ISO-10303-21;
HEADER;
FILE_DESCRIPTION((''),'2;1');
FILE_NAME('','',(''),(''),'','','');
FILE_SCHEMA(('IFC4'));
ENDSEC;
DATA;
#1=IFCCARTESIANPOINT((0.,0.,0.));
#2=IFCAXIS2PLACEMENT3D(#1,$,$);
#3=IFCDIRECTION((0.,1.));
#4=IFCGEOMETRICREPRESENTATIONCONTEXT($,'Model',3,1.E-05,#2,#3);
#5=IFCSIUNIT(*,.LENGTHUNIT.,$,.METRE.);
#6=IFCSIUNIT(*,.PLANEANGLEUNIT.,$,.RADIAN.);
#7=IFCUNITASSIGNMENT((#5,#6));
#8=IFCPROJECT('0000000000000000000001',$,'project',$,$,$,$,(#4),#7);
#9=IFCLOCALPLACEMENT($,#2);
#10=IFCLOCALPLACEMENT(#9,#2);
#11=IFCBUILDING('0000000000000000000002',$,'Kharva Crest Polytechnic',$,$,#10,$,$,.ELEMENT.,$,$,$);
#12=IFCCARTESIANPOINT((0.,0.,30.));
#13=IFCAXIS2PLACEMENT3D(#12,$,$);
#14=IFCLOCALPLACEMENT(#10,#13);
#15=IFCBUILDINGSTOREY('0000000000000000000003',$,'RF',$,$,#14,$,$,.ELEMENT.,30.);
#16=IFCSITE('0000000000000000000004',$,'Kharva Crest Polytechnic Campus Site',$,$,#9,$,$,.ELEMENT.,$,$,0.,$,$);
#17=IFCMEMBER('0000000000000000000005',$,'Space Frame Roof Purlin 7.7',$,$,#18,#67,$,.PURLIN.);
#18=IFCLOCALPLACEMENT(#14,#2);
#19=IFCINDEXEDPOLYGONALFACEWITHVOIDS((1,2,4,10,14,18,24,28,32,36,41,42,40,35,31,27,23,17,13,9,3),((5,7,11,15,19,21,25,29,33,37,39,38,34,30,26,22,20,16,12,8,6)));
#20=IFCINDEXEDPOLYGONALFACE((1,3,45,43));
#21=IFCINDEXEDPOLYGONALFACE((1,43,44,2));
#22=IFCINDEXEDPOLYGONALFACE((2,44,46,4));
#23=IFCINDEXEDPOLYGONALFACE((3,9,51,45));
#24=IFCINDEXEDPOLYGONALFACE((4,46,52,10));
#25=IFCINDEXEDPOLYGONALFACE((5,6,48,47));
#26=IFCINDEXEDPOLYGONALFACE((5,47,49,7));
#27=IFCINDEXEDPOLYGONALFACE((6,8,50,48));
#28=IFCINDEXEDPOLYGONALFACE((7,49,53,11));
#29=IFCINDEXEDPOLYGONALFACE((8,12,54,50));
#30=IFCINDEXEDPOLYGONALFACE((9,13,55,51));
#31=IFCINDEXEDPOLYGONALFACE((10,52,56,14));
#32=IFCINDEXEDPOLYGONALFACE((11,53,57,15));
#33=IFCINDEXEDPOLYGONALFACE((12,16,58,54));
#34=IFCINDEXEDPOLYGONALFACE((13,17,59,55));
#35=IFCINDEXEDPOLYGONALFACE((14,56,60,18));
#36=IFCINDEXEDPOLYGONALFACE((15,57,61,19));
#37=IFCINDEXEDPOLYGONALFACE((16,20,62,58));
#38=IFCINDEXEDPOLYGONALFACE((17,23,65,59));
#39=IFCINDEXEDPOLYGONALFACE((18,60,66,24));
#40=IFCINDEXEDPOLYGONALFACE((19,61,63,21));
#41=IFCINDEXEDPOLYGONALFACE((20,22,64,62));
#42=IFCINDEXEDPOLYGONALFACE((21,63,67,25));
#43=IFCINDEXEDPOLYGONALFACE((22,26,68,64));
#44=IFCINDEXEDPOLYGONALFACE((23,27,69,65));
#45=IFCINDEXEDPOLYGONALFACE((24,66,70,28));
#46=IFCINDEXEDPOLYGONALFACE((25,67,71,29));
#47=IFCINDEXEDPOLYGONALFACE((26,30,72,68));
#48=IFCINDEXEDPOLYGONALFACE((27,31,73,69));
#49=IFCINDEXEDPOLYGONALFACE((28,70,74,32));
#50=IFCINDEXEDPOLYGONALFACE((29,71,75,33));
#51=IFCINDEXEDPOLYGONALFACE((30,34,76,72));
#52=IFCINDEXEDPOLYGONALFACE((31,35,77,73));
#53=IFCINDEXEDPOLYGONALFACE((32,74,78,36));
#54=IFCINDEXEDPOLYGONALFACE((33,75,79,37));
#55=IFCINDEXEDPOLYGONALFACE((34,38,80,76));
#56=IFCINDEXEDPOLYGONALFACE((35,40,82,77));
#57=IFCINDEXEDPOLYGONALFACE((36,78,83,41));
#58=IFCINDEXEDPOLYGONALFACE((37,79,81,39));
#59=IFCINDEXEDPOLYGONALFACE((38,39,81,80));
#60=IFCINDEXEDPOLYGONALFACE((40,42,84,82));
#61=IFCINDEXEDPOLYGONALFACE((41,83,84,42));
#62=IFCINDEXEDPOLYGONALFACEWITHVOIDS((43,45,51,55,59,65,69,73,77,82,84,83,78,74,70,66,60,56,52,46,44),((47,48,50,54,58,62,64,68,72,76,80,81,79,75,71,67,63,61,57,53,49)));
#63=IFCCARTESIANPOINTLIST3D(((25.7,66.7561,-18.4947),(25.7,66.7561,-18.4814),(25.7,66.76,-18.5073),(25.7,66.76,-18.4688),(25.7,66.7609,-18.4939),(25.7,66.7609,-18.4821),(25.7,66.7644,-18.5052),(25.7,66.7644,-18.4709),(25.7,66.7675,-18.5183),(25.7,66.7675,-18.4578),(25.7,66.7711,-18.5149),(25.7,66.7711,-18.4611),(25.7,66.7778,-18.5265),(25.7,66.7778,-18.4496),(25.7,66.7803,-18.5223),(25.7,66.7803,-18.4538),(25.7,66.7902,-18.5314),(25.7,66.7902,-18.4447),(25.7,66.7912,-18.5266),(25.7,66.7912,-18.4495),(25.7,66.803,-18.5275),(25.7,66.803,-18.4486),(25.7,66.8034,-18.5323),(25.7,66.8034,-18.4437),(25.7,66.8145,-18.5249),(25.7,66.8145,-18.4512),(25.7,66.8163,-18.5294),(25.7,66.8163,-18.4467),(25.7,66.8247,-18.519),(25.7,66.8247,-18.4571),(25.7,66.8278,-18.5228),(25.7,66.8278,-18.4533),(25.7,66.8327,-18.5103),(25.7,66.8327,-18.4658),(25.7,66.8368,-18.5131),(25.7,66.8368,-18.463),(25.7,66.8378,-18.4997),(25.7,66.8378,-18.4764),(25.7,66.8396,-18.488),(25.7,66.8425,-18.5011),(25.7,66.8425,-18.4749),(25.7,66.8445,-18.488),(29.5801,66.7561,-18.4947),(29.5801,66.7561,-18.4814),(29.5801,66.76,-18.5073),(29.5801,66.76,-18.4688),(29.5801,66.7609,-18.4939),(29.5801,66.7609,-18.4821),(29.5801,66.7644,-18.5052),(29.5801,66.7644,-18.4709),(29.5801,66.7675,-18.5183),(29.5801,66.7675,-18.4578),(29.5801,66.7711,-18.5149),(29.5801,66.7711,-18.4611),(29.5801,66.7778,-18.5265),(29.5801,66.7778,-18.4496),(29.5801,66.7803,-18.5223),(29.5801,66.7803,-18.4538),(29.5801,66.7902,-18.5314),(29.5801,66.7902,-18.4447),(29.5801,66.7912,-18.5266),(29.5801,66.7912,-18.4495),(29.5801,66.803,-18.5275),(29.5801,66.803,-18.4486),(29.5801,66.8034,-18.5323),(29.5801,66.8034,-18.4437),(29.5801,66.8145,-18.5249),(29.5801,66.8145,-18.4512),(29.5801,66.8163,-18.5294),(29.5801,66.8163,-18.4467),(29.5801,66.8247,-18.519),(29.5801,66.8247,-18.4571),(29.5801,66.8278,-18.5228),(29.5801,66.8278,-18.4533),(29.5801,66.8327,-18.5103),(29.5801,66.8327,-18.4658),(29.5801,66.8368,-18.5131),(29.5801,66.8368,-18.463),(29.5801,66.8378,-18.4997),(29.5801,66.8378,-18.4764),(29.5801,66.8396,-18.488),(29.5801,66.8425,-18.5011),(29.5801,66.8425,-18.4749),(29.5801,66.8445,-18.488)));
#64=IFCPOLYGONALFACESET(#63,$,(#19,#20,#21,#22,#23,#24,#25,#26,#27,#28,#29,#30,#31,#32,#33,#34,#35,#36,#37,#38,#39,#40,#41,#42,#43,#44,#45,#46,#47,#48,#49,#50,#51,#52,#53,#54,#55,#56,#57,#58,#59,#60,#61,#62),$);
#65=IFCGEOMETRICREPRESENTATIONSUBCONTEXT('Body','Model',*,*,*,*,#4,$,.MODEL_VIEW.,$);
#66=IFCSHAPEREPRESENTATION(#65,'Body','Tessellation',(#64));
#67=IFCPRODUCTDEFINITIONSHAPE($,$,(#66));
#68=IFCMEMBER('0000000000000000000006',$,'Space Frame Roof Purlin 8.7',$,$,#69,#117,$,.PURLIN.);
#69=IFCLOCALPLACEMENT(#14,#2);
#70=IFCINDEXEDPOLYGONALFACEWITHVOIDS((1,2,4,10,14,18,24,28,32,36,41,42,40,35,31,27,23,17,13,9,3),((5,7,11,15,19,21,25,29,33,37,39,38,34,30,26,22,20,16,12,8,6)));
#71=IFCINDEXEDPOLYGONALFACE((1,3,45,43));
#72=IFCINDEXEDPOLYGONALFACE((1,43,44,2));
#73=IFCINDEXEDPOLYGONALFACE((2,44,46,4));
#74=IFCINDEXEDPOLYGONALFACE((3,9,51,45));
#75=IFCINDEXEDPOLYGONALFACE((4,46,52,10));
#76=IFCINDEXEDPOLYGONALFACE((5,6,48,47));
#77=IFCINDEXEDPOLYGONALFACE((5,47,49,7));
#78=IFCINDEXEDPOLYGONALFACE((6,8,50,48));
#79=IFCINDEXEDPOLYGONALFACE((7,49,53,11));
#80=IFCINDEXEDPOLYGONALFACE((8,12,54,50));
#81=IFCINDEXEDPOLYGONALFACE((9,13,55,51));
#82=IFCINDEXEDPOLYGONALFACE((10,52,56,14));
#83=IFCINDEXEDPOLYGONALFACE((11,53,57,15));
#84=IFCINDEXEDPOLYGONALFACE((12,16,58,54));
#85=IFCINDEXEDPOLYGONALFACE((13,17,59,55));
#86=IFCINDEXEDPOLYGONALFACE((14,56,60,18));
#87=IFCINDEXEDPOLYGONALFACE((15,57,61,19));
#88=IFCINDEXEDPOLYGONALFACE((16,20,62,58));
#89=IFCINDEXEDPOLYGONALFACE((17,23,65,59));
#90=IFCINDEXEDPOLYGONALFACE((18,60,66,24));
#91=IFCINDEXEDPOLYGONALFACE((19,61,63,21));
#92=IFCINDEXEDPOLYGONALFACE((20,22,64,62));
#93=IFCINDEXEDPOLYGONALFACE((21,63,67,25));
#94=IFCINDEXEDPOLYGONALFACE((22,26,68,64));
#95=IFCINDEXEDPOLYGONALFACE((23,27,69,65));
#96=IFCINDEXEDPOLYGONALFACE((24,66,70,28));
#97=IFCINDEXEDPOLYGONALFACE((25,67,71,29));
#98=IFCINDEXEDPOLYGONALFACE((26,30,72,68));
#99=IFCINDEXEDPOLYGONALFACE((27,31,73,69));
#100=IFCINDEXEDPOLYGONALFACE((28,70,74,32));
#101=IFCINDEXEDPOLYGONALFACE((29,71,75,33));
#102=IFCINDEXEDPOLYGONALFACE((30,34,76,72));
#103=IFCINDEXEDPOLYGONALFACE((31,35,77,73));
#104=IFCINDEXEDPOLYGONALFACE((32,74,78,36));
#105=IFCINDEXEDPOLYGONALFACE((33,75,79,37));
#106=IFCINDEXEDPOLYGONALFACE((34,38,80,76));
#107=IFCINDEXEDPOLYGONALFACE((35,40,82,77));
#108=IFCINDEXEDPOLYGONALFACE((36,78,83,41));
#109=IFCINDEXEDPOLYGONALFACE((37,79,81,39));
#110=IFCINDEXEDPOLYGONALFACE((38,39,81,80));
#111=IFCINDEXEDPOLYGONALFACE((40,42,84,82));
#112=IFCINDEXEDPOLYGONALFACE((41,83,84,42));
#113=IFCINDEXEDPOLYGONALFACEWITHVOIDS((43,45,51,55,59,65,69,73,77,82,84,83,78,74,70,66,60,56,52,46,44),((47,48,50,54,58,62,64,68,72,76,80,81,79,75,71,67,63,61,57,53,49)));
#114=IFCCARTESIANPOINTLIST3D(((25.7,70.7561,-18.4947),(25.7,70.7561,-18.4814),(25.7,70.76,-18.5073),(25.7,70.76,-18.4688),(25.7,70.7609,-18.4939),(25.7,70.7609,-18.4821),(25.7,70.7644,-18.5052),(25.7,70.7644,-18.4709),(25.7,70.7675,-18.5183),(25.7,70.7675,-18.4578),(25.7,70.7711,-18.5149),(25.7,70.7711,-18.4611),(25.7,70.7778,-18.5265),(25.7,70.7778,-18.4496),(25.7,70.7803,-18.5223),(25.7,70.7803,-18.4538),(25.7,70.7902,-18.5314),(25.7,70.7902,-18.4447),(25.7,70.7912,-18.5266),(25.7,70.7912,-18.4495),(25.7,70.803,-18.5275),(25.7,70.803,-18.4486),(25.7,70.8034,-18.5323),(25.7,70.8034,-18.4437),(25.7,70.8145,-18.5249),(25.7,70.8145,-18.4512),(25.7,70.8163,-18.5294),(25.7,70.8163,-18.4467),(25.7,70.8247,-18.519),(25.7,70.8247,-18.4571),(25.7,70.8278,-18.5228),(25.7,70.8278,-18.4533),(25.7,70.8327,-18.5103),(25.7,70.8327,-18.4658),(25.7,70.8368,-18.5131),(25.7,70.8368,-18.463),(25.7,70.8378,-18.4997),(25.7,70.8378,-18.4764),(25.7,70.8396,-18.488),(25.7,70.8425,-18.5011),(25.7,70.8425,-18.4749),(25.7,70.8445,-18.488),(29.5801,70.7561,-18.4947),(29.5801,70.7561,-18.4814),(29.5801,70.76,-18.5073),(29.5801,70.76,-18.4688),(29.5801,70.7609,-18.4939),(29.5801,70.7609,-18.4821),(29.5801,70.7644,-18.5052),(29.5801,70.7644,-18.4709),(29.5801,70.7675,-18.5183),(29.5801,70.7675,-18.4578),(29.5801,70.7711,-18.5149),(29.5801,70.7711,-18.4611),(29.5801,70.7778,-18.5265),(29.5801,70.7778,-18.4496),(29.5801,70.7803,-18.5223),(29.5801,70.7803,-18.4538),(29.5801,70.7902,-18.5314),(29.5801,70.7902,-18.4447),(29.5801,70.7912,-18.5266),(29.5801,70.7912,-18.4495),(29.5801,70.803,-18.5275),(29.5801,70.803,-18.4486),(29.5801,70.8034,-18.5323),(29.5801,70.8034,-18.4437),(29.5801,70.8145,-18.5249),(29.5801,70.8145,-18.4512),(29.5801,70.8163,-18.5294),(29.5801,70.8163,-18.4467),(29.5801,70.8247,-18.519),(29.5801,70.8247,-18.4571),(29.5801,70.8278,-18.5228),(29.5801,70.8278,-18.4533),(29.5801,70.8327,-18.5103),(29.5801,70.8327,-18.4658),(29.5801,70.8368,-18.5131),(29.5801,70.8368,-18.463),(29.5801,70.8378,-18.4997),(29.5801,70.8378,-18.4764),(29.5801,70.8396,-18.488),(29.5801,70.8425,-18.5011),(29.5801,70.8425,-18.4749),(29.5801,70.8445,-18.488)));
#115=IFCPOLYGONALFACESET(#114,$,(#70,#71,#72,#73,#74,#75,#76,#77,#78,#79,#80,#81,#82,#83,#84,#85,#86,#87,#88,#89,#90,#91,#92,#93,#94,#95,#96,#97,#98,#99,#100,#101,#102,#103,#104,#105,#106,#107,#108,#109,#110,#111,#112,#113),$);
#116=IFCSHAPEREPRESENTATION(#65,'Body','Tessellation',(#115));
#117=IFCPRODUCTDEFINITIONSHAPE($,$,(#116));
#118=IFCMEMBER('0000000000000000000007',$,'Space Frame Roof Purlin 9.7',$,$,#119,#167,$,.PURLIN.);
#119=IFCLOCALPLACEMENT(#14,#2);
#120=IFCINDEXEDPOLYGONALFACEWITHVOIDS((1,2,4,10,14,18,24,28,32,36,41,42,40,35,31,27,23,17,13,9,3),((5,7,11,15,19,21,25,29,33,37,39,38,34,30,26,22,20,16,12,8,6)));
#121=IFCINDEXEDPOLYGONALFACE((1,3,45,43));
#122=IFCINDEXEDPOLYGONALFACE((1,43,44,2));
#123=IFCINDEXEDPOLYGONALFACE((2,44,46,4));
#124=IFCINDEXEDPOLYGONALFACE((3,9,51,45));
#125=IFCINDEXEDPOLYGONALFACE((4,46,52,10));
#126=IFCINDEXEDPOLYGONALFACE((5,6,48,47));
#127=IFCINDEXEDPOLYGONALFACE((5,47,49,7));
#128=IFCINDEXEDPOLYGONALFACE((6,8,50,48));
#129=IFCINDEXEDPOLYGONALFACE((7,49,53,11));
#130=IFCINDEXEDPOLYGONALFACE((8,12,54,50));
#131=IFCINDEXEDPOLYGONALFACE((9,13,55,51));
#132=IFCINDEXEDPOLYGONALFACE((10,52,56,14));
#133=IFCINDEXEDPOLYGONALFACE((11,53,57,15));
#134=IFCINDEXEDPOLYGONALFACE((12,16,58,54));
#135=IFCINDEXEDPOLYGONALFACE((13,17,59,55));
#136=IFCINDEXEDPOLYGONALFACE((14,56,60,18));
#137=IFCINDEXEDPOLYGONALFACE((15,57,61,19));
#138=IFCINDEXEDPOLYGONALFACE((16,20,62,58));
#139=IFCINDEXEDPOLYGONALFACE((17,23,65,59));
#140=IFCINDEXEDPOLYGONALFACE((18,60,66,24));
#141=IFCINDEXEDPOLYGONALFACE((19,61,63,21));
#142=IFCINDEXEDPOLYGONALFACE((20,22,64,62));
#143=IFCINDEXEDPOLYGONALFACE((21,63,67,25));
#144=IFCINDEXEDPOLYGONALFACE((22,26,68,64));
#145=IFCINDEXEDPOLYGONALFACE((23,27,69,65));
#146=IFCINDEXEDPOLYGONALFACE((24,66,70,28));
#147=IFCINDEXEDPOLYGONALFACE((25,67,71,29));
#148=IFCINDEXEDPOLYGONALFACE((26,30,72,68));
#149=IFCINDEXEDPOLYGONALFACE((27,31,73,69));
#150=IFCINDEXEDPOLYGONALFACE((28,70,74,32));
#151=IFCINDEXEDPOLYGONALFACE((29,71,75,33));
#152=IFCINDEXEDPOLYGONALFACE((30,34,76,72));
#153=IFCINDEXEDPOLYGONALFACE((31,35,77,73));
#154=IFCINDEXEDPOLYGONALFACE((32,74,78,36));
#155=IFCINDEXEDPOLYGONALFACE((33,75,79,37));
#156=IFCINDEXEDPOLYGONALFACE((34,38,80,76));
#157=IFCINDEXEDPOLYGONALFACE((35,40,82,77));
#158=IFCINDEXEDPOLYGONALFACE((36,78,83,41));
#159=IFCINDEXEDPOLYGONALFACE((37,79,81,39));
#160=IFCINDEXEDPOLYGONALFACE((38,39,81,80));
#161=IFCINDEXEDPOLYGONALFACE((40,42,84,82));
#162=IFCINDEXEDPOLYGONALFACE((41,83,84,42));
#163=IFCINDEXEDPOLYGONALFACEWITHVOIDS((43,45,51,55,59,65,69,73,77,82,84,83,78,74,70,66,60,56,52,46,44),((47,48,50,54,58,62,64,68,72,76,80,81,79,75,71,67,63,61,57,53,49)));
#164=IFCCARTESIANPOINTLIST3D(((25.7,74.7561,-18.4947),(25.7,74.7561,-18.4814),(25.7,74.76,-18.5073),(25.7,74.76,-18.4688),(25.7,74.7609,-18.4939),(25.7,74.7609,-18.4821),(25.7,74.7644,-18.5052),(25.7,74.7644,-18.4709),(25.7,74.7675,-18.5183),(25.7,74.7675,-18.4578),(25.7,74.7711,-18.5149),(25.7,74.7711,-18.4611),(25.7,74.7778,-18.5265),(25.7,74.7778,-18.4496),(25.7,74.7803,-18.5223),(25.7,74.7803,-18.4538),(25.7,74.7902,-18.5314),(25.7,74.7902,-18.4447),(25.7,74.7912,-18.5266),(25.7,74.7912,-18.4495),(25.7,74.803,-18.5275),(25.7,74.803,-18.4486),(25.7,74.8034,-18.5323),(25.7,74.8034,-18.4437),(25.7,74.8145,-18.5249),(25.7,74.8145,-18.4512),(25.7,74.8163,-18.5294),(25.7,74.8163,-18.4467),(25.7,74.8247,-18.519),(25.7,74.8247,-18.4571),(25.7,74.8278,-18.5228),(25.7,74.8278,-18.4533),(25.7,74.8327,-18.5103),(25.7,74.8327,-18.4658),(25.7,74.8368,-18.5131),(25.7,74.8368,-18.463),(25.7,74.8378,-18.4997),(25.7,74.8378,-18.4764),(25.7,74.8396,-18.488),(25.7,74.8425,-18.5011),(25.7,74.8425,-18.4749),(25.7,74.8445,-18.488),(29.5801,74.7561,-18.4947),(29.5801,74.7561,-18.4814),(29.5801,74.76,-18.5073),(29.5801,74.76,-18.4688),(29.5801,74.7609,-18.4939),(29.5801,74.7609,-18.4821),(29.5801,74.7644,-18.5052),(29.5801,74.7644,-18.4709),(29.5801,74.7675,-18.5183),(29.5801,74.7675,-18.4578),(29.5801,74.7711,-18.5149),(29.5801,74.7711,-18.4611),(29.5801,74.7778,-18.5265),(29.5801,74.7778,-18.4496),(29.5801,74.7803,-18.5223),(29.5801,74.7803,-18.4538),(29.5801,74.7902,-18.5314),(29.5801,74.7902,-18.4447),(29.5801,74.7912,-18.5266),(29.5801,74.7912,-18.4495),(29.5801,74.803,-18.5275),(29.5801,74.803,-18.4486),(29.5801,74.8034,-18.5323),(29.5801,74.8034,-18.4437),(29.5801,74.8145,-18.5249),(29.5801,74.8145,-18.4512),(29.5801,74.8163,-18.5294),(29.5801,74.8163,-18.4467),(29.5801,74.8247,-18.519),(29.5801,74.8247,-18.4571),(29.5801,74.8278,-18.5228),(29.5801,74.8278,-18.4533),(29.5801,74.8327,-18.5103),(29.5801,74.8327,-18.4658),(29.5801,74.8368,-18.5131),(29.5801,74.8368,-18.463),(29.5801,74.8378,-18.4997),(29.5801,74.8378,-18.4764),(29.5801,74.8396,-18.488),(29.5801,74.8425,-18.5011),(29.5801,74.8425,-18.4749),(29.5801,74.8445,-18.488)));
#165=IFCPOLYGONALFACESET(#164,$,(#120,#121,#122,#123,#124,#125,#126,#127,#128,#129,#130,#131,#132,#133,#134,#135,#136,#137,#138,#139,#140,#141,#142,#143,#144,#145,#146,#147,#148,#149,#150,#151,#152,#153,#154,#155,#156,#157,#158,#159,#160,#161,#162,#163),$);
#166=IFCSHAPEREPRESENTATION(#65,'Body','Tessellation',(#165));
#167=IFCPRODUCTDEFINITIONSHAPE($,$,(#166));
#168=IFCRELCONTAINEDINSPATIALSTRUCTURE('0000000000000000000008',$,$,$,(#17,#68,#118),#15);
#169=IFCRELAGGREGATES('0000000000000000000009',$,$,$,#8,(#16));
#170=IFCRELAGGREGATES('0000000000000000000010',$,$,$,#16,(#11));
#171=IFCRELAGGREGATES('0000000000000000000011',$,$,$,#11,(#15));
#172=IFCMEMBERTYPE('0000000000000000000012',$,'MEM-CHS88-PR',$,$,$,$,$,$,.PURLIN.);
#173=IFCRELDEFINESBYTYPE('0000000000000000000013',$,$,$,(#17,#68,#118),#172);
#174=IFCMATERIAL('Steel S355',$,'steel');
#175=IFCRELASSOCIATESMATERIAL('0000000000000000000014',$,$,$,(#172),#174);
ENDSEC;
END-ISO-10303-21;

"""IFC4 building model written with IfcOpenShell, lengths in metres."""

from ifc_helpers import new_model, si_unit, direction, frame, origin, origin_2d, place, context, subcontext, project, spatial, hollow_circle, extrude, material, material_profile, profile_set, type_object, element, save


model = new_model("IFC4")

# Units and contexts
model_context = context("Model", 3, precision=1e-05, world=origin(), true_north=direction((0.0, 1.0)))
body_context = subcontext(model_context, "Body", "Model", "MODEL_VIEW")
ifc_project = project(units=[si_unit("LENGTHUNIT", "METRE"), si_unit("PLANEANGLEUNIT", "RADIAN")], contexts=[model_context])

# Site, building, storey
site_placement = place(None, origin())
site = spatial("IfcSite", under=ifc_project, at=site_placement, Name="Kharva Crest Polytechnic Campus Site", CompositionType="ELEMENT", RefElevation=0.0)
building_placement = place(site_placement, origin())
building = spatial("IfcBuilding", under=site, at=building_placement, Name="Kharva Crest Polytechnic", CompositionType="ELEMENT")
storey_placement = place(building_placement, frame((0.0, 0.0, 30.0)))
storey = spatial("IfcBuildingStorey", under=building, at=storey_placement, Name="RF", CompositionType="ELEMENT", Elevation=30.0)

# Members
ifc_material_1 = material(Name="Steel S355", Category="steel")
ifc_material_profile = material_profile(ifc_material_1, hollow_circle(Radius=0.0444, WallThickness=0.0049, at=origin_2d()), Name="CHS 88.9X5.0")
ifc_profile_set = profile_set([ifc_material_profile], Name="Steel S355")
member_type = type_object("IfcMemberType", Name="MEM-CHS88-PR", PredefinedType="PURLIN", material=ifc_profile_set)
for number, where, z_axis, x_axis, name in (
    (1, (25.7, 66.8, -18.488), (1.0, 0.0, 0.0), (0.0, 1.0, 0.0), "Space Frame Roof Purlin 7.7"),
    (2, (25.7, 70.8, -18.488), (1.0, 0.0, 0.0), (0.0, 1.0, 0.0), "Space Frame Roof Purlin 8.7"),
    (3, (25.7, 74.8, -18.488), (1.0, 0.0, 0.0), (0.0, 1.0, 0.0), "Space Frame Roof Purlin 9.7"),
):
    element("IfcMember", number, at=place(storey_placement, frame(where, z_axis=z_axis, x_axis=x_axis)), inside=storey, type_object=member_type, Name=name, PredefinedType="PURLIN", context=body_context, shape_type="SweptSolid", body=[
        extrude(hollow_circle(Radius=0.0444, WallThickness=0.0049, at=origin_2d()), origin(), (0.0, 0.0, 1.0), 3.8801),
    ])

save(model, "model.ifc")
